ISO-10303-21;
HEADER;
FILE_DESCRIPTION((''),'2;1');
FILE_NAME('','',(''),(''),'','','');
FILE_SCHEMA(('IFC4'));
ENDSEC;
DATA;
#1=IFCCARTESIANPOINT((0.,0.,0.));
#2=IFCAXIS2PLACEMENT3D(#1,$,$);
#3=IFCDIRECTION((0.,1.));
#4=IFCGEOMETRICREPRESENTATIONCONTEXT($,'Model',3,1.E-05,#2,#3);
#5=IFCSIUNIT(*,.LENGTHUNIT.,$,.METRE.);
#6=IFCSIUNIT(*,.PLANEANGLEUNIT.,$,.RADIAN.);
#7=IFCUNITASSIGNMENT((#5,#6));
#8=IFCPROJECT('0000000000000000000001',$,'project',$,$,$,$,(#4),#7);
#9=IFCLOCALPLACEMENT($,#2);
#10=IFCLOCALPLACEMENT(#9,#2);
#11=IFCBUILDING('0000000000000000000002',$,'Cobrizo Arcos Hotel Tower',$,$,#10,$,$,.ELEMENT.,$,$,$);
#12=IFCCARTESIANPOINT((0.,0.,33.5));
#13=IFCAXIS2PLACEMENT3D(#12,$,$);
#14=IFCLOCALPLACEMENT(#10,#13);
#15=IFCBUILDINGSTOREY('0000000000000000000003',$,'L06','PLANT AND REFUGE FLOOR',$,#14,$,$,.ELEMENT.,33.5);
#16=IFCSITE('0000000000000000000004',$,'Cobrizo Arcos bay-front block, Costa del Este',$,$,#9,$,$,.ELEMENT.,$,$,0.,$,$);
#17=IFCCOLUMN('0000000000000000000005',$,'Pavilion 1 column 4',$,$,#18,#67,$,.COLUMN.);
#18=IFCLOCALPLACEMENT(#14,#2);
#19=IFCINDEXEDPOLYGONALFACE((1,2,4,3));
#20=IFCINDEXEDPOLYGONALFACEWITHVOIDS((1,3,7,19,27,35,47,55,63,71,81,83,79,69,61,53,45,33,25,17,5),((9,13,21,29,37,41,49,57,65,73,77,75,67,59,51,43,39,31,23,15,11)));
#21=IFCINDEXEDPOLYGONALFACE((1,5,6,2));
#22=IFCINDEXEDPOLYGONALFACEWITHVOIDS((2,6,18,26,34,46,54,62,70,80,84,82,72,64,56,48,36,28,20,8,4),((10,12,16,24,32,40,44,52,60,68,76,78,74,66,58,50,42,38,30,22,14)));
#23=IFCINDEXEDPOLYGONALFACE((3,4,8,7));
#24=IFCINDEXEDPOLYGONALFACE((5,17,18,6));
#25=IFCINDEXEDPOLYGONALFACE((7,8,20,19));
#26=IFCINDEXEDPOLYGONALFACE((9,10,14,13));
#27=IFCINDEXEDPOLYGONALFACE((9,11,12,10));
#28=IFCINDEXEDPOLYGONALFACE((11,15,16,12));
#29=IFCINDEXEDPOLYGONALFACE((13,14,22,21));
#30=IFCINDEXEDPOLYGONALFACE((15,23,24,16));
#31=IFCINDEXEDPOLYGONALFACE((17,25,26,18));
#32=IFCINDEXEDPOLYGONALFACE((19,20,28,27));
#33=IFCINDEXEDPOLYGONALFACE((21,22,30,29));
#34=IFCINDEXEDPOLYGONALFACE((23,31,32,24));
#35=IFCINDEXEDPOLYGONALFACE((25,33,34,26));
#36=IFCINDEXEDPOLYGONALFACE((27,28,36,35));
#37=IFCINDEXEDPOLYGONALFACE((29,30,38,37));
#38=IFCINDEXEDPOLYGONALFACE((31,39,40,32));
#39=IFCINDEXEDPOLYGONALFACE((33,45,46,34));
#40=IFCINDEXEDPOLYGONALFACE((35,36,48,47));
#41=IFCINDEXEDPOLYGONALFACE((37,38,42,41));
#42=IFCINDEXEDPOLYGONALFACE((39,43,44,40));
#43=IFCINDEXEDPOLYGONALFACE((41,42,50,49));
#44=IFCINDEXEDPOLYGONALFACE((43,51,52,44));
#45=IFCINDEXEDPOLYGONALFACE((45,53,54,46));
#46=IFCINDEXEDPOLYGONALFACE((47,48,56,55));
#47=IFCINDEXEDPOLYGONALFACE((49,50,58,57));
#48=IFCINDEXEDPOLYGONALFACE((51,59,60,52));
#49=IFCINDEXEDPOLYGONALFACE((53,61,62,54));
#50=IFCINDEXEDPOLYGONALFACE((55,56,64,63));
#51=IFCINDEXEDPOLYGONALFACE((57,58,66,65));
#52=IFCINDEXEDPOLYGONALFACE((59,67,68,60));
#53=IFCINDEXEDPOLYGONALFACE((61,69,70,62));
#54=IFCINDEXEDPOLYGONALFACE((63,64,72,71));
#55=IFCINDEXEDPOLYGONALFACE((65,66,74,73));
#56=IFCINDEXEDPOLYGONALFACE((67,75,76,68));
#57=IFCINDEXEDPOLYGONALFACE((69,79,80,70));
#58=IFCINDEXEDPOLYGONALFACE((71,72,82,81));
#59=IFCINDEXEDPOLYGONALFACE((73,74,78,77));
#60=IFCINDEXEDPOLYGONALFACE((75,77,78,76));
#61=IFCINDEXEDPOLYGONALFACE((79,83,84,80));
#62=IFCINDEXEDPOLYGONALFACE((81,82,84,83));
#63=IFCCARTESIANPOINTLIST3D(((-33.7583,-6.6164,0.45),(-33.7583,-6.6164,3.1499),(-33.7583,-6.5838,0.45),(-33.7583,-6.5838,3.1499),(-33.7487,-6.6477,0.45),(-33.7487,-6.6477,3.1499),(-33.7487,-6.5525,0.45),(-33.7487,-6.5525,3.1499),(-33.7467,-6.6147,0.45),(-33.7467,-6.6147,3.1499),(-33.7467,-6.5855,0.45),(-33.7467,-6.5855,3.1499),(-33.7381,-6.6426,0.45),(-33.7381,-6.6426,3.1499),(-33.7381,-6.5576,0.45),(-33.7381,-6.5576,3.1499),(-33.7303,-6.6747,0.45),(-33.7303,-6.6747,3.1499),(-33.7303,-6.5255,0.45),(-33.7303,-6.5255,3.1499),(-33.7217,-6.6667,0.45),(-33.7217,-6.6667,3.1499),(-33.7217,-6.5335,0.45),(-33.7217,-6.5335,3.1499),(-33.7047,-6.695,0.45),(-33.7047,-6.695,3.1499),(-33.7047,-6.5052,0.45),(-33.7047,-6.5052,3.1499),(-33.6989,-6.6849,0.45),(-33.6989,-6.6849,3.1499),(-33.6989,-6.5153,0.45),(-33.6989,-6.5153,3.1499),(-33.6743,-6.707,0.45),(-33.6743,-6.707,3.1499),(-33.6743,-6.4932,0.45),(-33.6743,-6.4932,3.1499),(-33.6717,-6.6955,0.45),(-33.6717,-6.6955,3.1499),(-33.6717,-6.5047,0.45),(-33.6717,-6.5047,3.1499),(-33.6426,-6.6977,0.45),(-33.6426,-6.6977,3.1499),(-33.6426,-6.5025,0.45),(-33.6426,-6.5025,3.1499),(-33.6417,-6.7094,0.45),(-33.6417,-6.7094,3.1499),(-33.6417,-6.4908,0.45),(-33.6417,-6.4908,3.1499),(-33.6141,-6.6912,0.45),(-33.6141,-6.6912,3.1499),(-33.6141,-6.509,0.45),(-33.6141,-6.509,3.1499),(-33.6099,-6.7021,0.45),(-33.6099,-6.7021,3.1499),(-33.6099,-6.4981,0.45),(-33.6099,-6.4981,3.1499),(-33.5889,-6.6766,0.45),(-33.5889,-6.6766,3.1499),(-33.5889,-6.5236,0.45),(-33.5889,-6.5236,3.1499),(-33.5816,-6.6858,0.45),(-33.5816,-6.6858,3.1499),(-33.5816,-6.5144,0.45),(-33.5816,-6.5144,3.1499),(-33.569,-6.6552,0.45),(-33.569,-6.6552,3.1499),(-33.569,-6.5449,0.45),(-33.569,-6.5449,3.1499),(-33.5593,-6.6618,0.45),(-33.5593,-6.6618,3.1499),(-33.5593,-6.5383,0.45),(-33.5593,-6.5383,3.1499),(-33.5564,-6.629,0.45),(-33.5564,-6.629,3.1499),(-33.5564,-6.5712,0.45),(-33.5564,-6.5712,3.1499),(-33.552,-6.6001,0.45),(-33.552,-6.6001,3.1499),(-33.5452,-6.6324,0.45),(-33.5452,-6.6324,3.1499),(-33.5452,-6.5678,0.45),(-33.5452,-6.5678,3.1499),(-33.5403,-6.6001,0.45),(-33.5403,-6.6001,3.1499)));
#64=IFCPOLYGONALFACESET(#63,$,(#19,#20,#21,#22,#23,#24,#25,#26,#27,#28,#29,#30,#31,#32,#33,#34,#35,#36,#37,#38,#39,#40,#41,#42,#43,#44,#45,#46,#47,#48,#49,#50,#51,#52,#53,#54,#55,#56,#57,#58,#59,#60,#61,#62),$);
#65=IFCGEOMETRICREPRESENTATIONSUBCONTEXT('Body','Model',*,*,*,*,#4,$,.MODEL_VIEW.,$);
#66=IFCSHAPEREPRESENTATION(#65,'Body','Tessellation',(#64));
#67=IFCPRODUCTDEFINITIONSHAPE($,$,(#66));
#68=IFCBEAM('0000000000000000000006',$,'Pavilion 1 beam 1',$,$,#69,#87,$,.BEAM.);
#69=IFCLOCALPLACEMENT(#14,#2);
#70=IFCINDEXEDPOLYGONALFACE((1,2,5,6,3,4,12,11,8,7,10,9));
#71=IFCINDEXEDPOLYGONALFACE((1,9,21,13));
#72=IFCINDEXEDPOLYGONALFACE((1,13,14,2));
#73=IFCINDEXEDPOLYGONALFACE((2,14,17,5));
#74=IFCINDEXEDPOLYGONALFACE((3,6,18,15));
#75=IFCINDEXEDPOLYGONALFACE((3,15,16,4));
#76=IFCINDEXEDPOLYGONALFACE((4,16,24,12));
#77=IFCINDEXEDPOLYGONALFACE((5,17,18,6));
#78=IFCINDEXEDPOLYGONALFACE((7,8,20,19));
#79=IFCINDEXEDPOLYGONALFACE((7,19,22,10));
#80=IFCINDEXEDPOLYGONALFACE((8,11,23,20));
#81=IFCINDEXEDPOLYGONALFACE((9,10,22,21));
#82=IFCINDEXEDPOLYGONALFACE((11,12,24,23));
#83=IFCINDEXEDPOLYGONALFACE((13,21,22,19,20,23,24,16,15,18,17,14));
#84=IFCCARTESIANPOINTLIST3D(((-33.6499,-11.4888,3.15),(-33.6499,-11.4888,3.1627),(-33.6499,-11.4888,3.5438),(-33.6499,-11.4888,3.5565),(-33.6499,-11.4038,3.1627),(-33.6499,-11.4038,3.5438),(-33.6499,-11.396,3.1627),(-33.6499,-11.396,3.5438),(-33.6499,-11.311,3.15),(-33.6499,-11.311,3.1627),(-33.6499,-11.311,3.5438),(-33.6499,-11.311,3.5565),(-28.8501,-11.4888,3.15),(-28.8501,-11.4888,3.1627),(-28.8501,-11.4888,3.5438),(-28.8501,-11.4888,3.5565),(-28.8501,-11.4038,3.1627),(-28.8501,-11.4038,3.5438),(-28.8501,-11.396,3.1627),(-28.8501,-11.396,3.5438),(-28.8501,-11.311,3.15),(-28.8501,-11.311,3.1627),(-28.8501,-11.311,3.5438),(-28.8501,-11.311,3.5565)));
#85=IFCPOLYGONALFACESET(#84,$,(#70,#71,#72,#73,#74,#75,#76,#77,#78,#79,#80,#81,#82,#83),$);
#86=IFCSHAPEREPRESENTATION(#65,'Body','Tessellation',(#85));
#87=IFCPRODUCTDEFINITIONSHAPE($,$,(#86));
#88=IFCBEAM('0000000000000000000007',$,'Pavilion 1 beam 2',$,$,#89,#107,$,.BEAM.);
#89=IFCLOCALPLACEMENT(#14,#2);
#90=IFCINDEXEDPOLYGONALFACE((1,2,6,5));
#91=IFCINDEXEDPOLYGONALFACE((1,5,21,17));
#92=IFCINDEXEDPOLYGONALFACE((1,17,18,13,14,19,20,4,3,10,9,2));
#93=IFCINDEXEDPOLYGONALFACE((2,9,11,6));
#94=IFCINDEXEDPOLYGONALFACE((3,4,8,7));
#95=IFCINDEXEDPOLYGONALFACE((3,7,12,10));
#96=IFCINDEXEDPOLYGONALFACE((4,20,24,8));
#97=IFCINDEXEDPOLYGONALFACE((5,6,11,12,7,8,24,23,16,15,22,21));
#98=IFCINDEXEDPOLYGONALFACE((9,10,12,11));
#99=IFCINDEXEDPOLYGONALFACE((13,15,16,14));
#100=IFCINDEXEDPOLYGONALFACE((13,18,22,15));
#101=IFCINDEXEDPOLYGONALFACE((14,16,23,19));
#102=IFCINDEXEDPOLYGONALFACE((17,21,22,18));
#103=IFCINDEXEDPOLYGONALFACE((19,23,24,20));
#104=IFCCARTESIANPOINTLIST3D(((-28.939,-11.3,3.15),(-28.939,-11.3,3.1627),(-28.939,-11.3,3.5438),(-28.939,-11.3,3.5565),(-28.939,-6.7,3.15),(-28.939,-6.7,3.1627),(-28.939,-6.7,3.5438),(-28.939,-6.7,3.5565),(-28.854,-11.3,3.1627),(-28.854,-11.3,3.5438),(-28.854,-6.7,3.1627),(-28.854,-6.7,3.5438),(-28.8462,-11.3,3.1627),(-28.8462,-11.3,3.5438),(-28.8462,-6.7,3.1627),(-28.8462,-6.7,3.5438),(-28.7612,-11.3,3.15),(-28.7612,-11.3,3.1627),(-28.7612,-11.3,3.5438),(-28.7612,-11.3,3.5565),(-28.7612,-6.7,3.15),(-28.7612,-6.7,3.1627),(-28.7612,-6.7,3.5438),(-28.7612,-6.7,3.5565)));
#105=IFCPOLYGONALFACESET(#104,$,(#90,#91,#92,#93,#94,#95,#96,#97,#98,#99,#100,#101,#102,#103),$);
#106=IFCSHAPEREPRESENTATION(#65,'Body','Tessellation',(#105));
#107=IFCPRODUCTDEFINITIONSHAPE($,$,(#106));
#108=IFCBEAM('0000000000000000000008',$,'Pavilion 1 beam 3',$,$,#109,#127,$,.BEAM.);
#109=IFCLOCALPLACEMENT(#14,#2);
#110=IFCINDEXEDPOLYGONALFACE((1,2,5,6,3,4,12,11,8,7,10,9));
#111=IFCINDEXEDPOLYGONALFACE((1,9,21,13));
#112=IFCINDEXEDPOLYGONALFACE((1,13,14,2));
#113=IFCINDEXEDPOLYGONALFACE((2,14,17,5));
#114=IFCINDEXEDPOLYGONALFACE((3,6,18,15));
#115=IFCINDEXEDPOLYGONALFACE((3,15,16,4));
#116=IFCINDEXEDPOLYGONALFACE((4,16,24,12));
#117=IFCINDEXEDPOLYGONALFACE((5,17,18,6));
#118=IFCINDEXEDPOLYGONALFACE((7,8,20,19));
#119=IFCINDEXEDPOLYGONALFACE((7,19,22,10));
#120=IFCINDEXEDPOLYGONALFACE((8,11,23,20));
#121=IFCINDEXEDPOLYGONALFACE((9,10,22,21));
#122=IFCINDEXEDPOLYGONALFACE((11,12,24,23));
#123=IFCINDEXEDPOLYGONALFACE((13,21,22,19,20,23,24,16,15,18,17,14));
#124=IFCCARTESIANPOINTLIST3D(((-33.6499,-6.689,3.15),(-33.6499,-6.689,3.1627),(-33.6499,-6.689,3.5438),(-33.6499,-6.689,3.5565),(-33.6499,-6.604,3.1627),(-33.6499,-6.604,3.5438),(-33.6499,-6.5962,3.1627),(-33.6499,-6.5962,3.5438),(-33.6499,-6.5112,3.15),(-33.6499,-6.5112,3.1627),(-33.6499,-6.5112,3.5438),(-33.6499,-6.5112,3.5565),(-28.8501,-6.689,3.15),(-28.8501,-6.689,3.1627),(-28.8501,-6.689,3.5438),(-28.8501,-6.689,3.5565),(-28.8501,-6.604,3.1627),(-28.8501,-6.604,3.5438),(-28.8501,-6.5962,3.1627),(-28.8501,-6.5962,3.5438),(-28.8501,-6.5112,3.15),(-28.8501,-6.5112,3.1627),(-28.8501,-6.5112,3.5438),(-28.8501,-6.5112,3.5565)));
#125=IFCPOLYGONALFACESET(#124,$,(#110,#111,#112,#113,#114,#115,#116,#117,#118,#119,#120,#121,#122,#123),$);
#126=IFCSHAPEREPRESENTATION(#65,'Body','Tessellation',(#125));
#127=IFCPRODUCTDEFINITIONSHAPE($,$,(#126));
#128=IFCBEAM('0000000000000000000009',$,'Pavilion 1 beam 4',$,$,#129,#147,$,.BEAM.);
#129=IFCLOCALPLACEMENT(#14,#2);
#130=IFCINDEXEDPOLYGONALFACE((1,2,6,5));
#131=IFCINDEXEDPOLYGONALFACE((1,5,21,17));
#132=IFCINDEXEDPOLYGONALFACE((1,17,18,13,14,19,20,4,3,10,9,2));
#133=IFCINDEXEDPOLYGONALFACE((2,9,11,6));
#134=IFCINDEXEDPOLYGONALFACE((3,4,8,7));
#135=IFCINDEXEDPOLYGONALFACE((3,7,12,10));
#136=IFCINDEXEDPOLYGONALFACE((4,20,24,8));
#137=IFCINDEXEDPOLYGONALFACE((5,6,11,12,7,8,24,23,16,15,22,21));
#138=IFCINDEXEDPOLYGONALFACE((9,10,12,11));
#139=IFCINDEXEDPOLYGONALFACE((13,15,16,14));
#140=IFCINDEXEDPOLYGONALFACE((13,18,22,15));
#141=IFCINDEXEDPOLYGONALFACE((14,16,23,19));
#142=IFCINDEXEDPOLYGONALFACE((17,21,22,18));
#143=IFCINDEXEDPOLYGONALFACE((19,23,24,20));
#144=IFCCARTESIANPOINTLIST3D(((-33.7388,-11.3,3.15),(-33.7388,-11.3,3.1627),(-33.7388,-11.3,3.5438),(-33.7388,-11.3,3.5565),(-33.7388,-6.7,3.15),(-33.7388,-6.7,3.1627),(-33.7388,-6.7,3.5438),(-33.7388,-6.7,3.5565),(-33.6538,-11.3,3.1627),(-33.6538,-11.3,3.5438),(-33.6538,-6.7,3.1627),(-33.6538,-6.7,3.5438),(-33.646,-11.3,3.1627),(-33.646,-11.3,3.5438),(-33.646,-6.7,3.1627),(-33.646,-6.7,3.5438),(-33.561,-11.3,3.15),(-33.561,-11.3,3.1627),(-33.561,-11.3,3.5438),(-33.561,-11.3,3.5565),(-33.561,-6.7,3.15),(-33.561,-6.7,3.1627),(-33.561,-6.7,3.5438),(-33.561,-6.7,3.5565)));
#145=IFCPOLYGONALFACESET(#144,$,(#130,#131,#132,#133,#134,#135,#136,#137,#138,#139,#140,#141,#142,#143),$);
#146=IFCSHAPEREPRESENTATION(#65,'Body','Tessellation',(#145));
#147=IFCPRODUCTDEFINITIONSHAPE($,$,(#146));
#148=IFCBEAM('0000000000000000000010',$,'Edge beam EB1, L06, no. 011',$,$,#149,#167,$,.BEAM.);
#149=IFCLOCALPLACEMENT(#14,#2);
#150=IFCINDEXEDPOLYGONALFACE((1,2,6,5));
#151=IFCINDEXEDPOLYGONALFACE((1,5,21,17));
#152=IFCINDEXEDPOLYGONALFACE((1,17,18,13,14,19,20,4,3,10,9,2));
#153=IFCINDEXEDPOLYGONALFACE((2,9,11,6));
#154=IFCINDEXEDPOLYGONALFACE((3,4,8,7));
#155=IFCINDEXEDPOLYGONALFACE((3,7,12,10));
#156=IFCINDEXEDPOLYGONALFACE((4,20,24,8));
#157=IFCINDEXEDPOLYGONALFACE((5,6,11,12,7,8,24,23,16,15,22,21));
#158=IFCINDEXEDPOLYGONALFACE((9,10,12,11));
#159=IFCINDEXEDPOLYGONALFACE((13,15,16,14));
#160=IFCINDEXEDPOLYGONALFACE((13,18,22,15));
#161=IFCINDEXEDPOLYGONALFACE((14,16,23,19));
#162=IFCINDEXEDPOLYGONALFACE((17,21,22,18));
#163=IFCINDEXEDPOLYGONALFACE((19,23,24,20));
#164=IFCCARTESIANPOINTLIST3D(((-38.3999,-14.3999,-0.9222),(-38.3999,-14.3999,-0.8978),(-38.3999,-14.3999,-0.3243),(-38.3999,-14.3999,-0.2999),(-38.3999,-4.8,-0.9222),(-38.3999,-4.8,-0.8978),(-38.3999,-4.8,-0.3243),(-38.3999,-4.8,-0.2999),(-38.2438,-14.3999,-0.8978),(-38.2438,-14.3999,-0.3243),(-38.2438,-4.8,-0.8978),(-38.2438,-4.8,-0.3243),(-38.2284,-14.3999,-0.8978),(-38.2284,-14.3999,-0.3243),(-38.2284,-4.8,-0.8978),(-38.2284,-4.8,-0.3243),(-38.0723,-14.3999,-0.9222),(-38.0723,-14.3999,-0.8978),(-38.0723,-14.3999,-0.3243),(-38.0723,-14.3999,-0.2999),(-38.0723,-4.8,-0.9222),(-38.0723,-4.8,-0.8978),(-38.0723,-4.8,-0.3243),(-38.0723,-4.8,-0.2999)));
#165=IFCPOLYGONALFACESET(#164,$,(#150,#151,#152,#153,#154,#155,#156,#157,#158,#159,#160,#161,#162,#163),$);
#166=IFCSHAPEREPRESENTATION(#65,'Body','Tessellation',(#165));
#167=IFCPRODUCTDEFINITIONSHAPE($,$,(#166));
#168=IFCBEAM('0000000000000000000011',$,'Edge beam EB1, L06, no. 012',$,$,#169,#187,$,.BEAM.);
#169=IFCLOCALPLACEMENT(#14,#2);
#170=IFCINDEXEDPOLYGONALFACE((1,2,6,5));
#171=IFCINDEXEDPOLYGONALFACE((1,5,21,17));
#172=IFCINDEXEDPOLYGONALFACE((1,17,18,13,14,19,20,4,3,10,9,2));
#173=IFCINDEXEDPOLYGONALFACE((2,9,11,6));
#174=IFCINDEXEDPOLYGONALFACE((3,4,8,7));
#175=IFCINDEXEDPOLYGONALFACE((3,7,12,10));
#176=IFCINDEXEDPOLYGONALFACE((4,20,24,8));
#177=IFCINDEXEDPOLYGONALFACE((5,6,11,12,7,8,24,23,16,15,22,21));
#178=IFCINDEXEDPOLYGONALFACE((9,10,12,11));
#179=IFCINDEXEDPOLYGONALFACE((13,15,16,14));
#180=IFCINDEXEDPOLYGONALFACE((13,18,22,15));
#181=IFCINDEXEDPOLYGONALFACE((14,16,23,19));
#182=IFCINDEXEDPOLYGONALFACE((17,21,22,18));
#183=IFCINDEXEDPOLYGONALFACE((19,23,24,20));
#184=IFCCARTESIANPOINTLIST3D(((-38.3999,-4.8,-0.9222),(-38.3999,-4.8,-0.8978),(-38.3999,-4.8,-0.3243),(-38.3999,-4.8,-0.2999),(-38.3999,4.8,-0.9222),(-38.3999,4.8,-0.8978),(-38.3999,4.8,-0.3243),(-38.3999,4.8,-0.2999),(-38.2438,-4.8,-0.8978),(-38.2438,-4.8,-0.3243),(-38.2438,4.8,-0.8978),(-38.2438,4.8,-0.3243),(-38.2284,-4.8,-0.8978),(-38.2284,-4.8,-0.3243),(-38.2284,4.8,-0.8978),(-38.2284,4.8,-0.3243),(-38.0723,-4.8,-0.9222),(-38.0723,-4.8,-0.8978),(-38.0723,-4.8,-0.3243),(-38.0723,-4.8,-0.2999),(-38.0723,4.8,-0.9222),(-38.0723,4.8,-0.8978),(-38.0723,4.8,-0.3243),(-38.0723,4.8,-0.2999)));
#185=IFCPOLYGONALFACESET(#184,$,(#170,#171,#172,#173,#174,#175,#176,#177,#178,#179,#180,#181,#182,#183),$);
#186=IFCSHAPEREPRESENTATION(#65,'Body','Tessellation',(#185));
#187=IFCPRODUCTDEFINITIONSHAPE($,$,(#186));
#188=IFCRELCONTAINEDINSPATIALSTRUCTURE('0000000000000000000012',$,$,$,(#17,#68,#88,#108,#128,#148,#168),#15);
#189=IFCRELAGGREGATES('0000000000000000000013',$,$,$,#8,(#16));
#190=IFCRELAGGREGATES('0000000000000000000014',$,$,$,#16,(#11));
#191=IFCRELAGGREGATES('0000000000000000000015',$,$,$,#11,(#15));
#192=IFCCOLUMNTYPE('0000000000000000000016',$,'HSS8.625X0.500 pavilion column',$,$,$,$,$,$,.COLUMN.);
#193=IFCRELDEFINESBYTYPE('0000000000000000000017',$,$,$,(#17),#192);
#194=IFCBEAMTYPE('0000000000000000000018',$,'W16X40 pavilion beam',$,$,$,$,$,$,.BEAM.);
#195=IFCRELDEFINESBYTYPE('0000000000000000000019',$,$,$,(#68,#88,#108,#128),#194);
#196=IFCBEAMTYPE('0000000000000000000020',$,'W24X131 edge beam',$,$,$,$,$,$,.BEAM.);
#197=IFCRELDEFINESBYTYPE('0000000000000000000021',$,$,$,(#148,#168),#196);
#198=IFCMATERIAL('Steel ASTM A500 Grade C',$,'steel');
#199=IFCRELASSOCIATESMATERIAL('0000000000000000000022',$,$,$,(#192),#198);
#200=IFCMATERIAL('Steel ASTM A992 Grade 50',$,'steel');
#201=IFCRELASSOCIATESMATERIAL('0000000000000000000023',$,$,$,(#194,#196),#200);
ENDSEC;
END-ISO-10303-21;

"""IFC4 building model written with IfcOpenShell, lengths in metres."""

from ifc_helpers import new_model, si_unit, direction, frame, origin, origin_2d, place, context, subcontext, project, spatial, hollow_circle, i_section, extrude, material, material_profile, profile_set, type_object, element, save


model = new_model("IFC4")

# Units and contexts
model_context = context("Model", 3, precision=1e-05, world=origin(), true_north=direction((0.0, 1.0)))
body_context = subcontext(model_context, "Body", "Model", "MODEL_VIEW")
ifc_project = project(units=[si_unit("LENGTHUNIT", "METRE"), si_unit("PLANEANGLEUNIT", "RADIAN")], contexts=[model_context])

# Site, building, storey
site_placement = place(None, origin())
site = spatial("IfcSite", under=ifc_project, at=site_placement, Name="Cobrizo Arcos bay-front block, Costa del Este", CompositionType="ELEMENT", RefElevation=0.0)
building_placement = place(site_placement, origin())
building = spatial("IfcBuilding", under=site, at=building_placement, Name="Cobrizo Arcos Hotel Tower", CompositionType="ELEMENT")
storey_placement = place(building_placement, frame((0.0, 0.0, 33.5)))
storey = spatial("IfcBuildingStorey", under=building, at=storey_placement, Name="L06", Description="PLANT AND REFUGE FLOOR", CompositionType="ELEMENT", Elevation=33.5)

# Column
ifc_material_1 = material(Name="Steel ASTM A500 Grade C", Category="steel")
ifc_material_profile_1 = material_profile(ifc_material_1, hollow_circle(Radius=0.1096, WallThickness=0.0117, at=origin_2d()), Name="HSS8.625X0.500")
ifc_profile_set_1 = profile_set([ifc_material_profile_1], Name="Steel ASTM A500 Grade C")
column_type = type_object("IfcColumnType", Name="HSS8.625X0.500 pavilion column", PredefinedType="COLUMN", material=ifc_profile_set_1)
for number, where, z_axis, x_axis, name in (
    (1, (-33.6499, -6.6001, 0.45), (0.0, 0.0, 1.0), (1.0, 0.0, 0.0), "Pavilion 1 column 4"),
):
    element("IfcColumn", number, at=place(storey_placement, frame(where, z_axis=z_axis, x_axis=x_axis)), inside=storey, type_object=column_type, Name=name, PredefinedType="COLUMN", context=body_context, shape_type="SweptSolid", body=[
        extrude(hollow_circle(Radius=0.1096, WallThickness=0.0117, at=origin_2d()), origin(), (0.0, 0.0, 1.0), 2.7),
    ])

# Beams
ifc_material_2 = material(Name="Steel ASTM A992 Grade 50", Category="steel")
ifc_material_profile_2 = material_profile(ifc_material_2, i_section(OverallWidth=0.1777, OverallDepth=0.4065, WebThickness=0.0078, FlangeThickness=0.0127, at=origin_2d()), Name="W16X40")
ifc_profile_set_2 = profile_set([ifc_material_profile_2], Name="Steel ASTM A992 Grade 50")
beam_type_1 = type_object("IfcBeamType", Name="W16X40 pavilion beam", PredefinedType="BEAM", material=ifc_profile_set_2)
beam_1_placement = place(storey_placement, frame((-33.6499, -11.3999, 3.3533), z_axis=(1.0, 0.0, 0.0), x_axis=(0.0, 1.0, 0.0)))
element("IfcBeam", 2, at=beam_1_placement, inside=storey, type_object=beam_type_1, Name="Pavilion 1 beam 1", PredefinedType="BEAM", context=body_context, shape_type="SweptSolid", body=[
    extrude(i_section(OverallWidth=0.1777, OverallDepth=0.4065, WebThickness=0.0078, FlangeThickness=0.0127, at=origin_2d()), origin(), (0.0, 0.0, 1.0), 4.7998),
])
beam_2_placement = place(storey_placement, frame((-28.8501, -11.3, 3.3533), z_axis=(0.0, 1.0, 0.0), x_axis=(-1.0, 0.0, 0.0)))
element("IfcBeam", 3, at=beam_2_placement, inside=storey, type_object=beam_type_1, Name="Pavilion 1 beam 2", PredefinedType="BEAM", context=body_context, shape_type="SweptSolid", body=[
    extrude(i_section(OverallWidth=0.1777, OverallDepth=0.4065, WebThickness=0.0078, FlangeThickness=0.0127, at=origin_2d()), origin(), (0.0, 0.0, 1.0), 4.6001),
])
beam_3_placement = place(storey_placement, frame((-28.8501, -6.6001, 3.3533), z_axis=(-1.0, 0.0, 0.0), x_axis=(0.0, -1.0, 0.0)))
element("IfcBeam", 4, at=beam_3_placement, inside=storey, type_object=beam_type_1, Name="Pavilion 1 beam 3", PredefinedType="BEAM", context=body_context, shape_type="SweptSolid", body=[
    extrude(i_section(OverallWidth=0.1777, OverallDepth=0.4065, WebThickness=0.0078, FlangeThickness=0.0127, at=origin_2d()), origin(), (0.0, 0.0, 1.0), 4.7998),
])
beam_4_placement = place(storey_placement, frame((-33.6499, -6.7, 3.3533), z_axis=(0.0, -1.0, 0.0), x_axis=(1.0, 0.0, 0.0)))
element("IfcBeam", 5, at=beam_4_placement, inside=storey, type_object=beam_type_1, Name="Pavilion 1 beam 4", PredefinedType="BEAM", context=body_context, shape_type="SweptSolid", body=[
    extrude(i_section(OverallWidth=0.1777, OverallDepth=0.4065, WebThickness=0.0078, FlangeThickness=0.0127, at=origin_2d()), origin(), (0.0, 0.0, 1.0), 4.6001),
])
ifc_material_profile_3 = material_profile(ifc_material_2, i_section(OverallWidth=0.3276, OverallDepth=0.6223, WebThickness=0.0154, FlangeThickness=0.0244, at=origin_2d()), Name="W24X131")
ifc_profile_set_3 = profile_set([ifc_material_profile_3], Name="Steel ASTM A992 Grade 50")
beam_type_2 = type_object("IfcBeamType", Name="W24X131 edge beam", PredefinedType="BEAM", material=ifc_profile_set_3)
beam_5_placement = place(storey_placement, frame((-38.2361, -14.3999, -0.6111), z_axis=(0.0, 1.0, 0.0), x_axis=(-1.0, 0.0, 0.0)))
element("IfcBeam", 6, at=beam_5_placement, inside=storey, type_object=beam_type_2, Name="Edge beam EB1, L06, no. 011", PredefinedType="BEAM", context=body_context, shape_type="SweptSolid", body=[
    extrude(i_section(OverallWidth=0.3276, OverallDepth=0.6223, WebThickness=0.0154, FlangeThickness=0.0244, at=origin_2d()), origin(), (0.0, 0.0, 1.0), 9.5999),
])
beam_6_placement = place(storey_placement, frame((-38.2361, -4.8, -0.6111), z_axis=(0.0, 1.0, 0.0), x_axis=(-1.0, 0.0, 0.0)))
element("IfcBeam", 7, at=beam_6_placement, inside=storey, type_object=beam_type_2, Name="Edge beam EB1, L06, no. 012", PredefinedType="BEAM", context=body_context, shape_type="SweptSolid", body=[
    extrude(i_section(OverallWidth=0.3276, OverallDepth=0.6223, WebThickness=0.0154, FlangeThickness=0.0244, at=origin_2d()), origin(), (0.0, 0.0, 1.0), 9.6001),
])

save(model, "model.ifc")
